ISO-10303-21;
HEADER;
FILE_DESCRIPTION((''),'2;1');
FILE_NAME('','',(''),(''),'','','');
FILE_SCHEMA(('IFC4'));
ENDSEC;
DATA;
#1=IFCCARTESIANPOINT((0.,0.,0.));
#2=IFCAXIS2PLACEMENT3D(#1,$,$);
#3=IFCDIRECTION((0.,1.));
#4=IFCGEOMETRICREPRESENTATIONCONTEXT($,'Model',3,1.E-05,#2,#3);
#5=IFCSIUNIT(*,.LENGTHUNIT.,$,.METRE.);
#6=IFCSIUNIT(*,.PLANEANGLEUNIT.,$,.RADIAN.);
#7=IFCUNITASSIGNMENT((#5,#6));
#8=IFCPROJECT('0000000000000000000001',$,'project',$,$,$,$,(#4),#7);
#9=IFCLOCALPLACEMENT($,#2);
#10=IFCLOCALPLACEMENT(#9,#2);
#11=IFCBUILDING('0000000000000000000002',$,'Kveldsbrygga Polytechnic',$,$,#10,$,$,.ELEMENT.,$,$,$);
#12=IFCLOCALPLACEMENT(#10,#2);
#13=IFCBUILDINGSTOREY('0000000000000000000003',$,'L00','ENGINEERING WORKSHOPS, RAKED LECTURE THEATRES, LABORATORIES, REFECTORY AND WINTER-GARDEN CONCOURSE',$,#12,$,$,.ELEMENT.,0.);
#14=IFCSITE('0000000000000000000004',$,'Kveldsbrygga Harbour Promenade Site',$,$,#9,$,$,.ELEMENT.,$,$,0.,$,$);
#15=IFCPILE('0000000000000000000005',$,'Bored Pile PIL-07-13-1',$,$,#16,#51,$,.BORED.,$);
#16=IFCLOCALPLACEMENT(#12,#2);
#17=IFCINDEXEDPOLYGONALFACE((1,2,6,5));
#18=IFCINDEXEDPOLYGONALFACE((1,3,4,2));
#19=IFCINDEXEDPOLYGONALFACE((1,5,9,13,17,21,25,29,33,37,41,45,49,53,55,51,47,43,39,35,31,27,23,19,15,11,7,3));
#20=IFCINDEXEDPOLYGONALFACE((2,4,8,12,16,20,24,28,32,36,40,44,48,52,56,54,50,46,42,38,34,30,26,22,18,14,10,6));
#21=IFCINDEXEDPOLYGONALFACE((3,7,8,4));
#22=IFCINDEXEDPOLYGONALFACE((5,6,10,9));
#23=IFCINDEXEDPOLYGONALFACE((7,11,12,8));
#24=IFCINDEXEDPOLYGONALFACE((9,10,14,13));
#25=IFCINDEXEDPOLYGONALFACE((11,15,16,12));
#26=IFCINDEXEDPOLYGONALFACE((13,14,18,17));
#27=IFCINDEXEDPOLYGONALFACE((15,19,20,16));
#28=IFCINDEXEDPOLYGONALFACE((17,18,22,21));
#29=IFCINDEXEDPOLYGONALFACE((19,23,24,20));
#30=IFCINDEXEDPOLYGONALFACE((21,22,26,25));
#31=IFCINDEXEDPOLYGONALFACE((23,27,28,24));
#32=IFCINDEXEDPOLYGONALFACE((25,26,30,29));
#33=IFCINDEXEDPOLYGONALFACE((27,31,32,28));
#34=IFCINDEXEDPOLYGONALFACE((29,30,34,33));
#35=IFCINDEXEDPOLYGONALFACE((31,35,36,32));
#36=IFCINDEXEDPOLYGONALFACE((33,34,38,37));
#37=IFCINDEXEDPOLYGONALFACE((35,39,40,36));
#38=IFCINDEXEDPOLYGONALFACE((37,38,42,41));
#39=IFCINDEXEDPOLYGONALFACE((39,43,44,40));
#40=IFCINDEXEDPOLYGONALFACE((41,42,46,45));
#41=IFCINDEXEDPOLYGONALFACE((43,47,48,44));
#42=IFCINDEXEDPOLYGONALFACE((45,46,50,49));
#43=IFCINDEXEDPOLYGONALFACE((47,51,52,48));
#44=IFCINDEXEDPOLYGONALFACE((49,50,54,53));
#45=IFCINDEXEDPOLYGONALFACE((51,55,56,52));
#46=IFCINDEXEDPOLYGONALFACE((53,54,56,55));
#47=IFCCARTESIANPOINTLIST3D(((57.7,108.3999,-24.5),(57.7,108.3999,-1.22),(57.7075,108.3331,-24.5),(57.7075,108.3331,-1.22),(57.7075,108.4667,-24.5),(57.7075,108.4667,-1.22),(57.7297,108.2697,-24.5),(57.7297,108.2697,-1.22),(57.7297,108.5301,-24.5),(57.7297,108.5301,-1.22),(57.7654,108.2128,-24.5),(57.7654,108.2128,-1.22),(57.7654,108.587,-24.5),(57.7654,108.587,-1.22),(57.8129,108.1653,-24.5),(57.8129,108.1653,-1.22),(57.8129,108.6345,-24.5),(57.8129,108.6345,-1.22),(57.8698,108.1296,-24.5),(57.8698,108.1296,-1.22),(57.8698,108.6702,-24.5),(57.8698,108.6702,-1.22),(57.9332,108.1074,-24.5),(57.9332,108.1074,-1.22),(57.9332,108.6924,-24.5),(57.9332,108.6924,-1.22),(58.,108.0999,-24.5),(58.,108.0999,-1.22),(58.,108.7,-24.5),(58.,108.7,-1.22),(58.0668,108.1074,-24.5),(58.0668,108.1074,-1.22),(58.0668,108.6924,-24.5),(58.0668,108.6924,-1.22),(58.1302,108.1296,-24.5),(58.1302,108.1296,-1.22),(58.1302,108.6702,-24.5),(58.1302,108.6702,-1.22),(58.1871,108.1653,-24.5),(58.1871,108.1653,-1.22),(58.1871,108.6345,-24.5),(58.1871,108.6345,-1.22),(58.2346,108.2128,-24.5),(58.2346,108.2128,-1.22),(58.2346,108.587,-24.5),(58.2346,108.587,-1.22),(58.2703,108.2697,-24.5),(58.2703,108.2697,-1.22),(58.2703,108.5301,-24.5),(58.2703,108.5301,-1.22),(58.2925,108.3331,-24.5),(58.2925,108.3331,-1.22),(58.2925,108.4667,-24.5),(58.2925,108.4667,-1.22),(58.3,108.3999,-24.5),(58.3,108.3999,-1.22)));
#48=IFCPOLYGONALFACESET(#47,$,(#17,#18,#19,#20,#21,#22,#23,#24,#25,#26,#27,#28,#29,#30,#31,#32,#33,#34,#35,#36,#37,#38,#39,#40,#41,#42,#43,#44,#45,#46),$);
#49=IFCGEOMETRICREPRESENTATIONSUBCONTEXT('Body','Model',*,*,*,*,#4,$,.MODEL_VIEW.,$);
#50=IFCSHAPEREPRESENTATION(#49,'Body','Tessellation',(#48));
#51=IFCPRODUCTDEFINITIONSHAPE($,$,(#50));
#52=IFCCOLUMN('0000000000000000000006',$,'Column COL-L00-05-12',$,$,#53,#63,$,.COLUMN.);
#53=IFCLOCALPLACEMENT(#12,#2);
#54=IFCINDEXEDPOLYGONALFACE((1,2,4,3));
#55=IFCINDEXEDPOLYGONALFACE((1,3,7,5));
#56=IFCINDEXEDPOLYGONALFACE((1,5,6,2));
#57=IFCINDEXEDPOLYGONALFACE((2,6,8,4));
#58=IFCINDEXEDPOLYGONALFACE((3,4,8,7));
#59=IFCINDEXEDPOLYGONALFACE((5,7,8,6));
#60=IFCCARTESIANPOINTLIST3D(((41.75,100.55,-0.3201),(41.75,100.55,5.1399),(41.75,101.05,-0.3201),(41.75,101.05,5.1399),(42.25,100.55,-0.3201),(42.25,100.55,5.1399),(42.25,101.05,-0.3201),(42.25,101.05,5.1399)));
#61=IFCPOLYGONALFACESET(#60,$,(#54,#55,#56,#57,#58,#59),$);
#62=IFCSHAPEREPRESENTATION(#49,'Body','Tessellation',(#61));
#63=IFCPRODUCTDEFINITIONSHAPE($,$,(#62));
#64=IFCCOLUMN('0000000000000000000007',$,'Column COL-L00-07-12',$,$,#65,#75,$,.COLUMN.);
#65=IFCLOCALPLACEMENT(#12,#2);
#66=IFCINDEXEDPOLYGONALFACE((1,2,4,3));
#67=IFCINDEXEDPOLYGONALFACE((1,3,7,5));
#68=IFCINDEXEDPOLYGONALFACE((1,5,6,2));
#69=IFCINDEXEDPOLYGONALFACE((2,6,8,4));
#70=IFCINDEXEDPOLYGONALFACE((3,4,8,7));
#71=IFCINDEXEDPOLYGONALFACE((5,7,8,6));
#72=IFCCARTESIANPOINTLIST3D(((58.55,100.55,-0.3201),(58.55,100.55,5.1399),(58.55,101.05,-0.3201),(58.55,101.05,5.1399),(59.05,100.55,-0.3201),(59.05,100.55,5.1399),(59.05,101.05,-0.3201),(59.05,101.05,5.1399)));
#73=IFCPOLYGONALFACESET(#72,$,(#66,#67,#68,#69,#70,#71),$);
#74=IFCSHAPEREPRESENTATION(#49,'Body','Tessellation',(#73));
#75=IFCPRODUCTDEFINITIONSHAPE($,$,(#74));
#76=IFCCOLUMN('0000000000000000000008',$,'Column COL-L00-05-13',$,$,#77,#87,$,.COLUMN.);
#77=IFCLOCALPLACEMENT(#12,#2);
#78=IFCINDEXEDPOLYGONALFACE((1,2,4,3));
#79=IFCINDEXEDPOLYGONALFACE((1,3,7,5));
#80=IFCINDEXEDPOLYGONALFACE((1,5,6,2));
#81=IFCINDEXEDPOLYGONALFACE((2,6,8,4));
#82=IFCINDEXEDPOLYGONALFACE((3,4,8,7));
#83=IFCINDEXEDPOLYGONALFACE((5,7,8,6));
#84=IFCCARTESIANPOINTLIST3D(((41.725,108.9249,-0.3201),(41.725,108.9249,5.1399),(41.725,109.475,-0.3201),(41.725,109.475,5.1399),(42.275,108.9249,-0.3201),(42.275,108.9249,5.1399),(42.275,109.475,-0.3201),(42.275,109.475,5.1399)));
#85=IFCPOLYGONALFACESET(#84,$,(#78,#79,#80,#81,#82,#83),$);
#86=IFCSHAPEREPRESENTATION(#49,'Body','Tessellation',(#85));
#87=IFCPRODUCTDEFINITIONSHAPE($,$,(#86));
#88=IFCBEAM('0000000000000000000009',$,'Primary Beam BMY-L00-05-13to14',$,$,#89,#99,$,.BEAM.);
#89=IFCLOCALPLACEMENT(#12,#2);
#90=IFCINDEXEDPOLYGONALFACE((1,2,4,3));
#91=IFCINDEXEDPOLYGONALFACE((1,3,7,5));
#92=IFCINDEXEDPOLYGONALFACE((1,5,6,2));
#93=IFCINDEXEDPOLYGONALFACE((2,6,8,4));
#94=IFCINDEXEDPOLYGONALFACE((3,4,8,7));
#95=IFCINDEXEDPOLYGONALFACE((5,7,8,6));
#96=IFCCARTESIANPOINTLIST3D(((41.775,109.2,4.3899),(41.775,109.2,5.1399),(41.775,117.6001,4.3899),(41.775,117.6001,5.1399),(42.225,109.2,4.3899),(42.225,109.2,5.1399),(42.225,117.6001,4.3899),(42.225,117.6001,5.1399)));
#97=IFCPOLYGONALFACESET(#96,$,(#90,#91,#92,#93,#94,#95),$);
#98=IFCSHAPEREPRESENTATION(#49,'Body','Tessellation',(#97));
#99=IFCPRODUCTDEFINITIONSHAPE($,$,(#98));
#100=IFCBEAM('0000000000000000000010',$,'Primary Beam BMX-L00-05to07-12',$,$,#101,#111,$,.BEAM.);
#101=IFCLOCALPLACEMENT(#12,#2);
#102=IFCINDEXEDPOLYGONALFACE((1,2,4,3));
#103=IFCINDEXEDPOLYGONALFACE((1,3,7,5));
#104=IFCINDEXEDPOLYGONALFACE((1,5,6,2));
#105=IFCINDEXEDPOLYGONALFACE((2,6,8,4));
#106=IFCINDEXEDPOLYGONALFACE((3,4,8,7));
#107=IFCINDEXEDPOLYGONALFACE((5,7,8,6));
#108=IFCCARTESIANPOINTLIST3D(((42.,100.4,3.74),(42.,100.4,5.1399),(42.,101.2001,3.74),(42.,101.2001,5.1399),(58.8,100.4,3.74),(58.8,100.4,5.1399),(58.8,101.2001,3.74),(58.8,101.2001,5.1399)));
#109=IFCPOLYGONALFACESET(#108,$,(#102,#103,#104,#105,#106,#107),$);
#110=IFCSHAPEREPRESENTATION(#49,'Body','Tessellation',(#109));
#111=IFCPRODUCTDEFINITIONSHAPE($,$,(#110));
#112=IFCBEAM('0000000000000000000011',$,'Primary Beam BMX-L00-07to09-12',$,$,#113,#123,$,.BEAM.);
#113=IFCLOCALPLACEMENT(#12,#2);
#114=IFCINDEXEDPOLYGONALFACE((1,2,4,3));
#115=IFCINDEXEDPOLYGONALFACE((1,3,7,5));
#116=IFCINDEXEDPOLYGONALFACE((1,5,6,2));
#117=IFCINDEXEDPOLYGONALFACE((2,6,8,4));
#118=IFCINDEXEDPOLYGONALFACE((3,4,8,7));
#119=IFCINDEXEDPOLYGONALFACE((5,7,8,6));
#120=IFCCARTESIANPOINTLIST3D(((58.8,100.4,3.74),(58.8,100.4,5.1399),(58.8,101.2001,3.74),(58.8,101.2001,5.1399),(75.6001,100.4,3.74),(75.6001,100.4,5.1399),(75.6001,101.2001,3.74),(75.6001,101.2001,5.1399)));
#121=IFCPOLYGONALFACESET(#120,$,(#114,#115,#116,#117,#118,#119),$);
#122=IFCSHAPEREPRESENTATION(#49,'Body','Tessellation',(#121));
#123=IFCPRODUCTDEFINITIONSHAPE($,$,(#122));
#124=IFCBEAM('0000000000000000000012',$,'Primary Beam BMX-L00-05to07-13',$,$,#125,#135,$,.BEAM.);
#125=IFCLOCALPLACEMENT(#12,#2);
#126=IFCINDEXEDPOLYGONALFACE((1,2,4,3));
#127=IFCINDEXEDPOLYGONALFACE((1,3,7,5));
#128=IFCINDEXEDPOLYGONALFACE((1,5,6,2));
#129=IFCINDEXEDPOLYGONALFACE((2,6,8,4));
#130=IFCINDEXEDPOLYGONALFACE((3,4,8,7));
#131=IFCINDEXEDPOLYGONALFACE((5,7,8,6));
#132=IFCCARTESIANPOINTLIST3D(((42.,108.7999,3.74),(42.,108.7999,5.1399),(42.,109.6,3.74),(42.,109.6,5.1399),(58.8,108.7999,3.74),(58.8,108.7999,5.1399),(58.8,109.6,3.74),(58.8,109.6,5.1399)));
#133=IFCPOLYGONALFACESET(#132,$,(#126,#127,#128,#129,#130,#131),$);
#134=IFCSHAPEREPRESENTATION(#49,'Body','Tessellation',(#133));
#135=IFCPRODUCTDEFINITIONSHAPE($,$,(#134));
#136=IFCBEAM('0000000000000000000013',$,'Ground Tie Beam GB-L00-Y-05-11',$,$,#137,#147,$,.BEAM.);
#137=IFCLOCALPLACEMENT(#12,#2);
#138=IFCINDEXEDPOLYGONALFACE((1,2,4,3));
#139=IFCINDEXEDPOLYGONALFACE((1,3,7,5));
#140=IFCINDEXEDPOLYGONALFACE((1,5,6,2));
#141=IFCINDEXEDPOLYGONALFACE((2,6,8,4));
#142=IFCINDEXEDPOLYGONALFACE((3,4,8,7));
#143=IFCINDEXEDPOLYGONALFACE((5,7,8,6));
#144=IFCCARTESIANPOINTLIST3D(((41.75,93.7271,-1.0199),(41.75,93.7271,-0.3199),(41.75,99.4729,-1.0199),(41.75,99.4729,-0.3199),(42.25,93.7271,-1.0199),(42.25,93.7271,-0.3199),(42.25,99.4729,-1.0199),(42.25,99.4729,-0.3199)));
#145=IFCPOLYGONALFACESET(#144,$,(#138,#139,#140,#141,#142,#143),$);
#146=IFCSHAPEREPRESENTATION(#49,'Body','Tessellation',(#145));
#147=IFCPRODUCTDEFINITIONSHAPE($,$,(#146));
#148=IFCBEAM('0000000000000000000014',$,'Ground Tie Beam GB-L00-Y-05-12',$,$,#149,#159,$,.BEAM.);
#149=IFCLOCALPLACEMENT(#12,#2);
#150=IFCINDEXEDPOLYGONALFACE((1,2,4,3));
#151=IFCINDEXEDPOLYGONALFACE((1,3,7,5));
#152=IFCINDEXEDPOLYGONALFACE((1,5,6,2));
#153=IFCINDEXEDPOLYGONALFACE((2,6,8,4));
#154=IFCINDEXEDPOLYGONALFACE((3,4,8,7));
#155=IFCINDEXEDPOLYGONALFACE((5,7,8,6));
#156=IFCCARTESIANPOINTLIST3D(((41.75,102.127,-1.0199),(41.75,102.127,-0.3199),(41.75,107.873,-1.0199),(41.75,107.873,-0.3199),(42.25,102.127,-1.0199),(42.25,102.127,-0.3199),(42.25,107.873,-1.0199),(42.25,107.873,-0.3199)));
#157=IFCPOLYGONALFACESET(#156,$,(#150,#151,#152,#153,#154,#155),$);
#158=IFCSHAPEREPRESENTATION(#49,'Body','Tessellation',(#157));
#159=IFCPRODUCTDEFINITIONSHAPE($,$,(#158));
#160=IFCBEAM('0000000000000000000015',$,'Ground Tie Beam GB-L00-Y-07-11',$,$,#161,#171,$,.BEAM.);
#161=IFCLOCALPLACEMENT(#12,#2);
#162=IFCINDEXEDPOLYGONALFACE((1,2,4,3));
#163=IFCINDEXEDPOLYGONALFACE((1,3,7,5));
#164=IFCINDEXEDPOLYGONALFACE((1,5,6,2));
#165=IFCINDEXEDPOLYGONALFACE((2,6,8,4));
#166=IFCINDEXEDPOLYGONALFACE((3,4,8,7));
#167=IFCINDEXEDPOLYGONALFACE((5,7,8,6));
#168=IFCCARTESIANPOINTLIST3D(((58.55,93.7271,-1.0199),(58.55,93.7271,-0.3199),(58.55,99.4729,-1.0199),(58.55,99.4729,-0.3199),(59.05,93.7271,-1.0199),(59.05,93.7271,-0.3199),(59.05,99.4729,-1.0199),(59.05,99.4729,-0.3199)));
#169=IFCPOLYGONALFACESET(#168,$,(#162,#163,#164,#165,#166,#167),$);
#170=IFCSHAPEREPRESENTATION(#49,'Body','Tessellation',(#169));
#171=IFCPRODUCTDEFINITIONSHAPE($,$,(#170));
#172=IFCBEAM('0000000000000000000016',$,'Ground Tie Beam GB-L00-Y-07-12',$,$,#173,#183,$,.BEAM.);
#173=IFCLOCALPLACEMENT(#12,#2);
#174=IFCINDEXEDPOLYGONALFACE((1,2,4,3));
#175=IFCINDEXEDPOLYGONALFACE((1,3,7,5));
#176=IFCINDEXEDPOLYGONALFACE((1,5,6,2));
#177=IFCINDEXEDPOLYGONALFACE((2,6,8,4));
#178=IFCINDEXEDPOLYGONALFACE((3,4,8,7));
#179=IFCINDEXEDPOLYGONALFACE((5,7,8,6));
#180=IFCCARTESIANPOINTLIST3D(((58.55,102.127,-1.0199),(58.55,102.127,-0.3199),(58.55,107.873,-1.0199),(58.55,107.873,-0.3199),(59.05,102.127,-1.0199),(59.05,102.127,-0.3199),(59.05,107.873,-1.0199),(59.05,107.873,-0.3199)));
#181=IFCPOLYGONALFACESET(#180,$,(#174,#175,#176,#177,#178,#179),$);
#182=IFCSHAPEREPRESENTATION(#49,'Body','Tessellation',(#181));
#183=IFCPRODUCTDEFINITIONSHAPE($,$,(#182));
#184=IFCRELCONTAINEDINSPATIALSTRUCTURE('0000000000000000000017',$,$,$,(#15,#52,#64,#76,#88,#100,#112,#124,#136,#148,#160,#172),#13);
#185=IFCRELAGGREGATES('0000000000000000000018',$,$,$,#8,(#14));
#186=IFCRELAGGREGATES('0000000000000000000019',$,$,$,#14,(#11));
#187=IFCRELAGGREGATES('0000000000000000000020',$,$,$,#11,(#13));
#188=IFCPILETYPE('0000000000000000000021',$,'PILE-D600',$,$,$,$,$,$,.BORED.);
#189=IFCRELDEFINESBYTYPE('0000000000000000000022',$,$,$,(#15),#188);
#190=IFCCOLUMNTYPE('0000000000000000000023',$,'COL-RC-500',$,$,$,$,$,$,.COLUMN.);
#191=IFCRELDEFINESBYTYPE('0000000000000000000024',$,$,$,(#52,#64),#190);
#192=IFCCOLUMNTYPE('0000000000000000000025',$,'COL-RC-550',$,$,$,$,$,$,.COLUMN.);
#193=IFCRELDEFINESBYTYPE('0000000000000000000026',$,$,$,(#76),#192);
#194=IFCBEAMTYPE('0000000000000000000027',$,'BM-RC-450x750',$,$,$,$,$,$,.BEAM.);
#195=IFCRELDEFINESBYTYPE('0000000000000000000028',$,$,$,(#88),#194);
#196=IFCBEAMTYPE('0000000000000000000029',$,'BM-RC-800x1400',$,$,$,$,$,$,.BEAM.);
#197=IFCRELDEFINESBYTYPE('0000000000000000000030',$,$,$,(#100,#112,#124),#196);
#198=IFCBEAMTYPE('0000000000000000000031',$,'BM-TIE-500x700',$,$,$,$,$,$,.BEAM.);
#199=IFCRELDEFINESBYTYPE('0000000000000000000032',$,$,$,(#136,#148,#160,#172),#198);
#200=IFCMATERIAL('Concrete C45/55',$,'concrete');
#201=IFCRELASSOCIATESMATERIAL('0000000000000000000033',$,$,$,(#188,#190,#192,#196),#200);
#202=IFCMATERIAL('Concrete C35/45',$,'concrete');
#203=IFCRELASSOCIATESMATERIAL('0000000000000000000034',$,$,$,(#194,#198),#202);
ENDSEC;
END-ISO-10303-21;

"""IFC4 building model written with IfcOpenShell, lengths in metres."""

from ifc_helpers import new_model, si_unit, direction, frame, origin, origin_2d, place, context, subcontext, project, spatial, rectangle, circle, extrude, material, material_profile, profile_set, type_object, element, save


model = new_model("IFC4")

# Units and contexts
model_context = context("Model", 3, precision=1e-05, world=origin(), true_north=direction((0.0, 1.0)))
body_context = subcontext(model_context, "Body", "Model", "MODEL_VIEW")
ifc_project = project(units=[si_unit("LENGTHUNIT", "METRE"), si_unit("PLANEANGLEUNIT", "RADIAN")], contexts=[model_context])

# Site, building, storey
site_placement = place(None, origin())
site = spatial("IfcSite", under=ifc_project, at=site_placement, Name="Kveldsbrygga Harbour Promenade Site", CompositionType="ELEMENT", RefElevation=0.0)
building_placement = place(site_placement, origin())
building = spatial("IfcBuilding", under=site, at=building_placement, Name="Kveldsbrygga Polytechnic", CompositionType="ELEMENT")
storey_placement = place(building_placement, origin())
storey = spatial("IfcBuildingStorey", under=building, at=storey_placement, Name="L00", Description="ENGINEERING WORKSHOPS, RAKED LECTURE THEATRES, LABORATORIES, REFECTORY AND WINTER-GARDEN CONCOURSE", CompositionType="ELEMENT", Elevation=0.0)

# Shared definitions
ifc_material_1 = material(Name="Concrete C45/55", Category="concrete")

# Pile
ifc_material_profile_1 = material_profile(ifc_material_1, circle(Radius=0.3, at=origin_2d()), Name="PILE D600")
ifc_profile_set_1 = profile_set([ifc_material_profile_1], Name="Concrete C45/55")
pile_type = type_object("IfcPileType", Name="PILE-D600", PredefinedType="BORED", material=ifc_profile_set_1)
for number, where, z_axis, x_axis, name in (
    (1, (58.0, 108.3999, -1.22), (0.0, 0.0, -1.0), (1.0, 0.0, 0.0), "Bored Pile PIL-07-13-1"),
):
    element("IfcPile", number, at=place(storey_placement, frame(where, z_axis=z_axis, x_axis=x_axis)), inside=storey, type_object=pile_type, Name=name, PredefinedType="BORED", context=body_context, shape_type="SweptSolid", body=[
        extrude(circle(Radius=0.3, at=origin_2d()), origin(), (0.0, 0.0, 1.0), 23.28),
    ])

# Columns
ifc_material_profile_2 = material_profile(ifc_material_1, rectangle(XDim=0.5, YDim=0.5, at=origin_2d()), Name="RC 500x500")
ifc_profile_set_2 = profile_set([ifc_material_profile_2], Name="Concrete C45/55")
column_type_1 = type_object("IfcColumnType", Name="COL-RC-500", PredefinedType="COLUMN", material=ifc_profile_set_2)
for number, where, z_axis, x_axis, name in (
    (2, (42.0, 100.8, -0.3201), (0.0, 0.0, 1.0), (1.0, 0.0, 0.0), "Column COL-L00-05-12"),
    (3, (58.8, 100.8, -0.3201), (0.0, 0.0, 1.0), (1.0, 0.0, 0.0), "Column COL-L00-07-12"),
):
    element("IfcColumn", number, at=place(storey_placement, frame(where, z_axis=z_axis, x_axis=x_axis)), inside=storey, type_object=column_type_1, Name=name, PredefinedType="COLUMN", context=body_context, shape_type="SweptSolid", body=[
        extrude(rectangle(XDim=0.5, YDim=0.5, at=origin_2d()), origin(), (0.0, 0.0, 1.0), 5.46),
    ])
ifc_material_profile_3 = material_profile(ifc_material_1, rectangle(XDim=0.55, YDim=0.55, at=origin_2d()), Name="RC 550x550")
ifc_profile_set_3 = profile_set([ifc_material_profile_3], Name="Concrete C45/55")
column_type_2 = type_object("IfcColumnType", Name="COL-RC-550", PredefinedType="COLUMN", material=ifc_profile_set_3)
column_placement = place(storey_placement, frame((42.0, 109.2, -0.3201), z_axis=(0.0, 0.0, 1.0), x_axis=(1.0, 0.0, 0.0)))
element("IfcColumn", 4, at=column_placement, inside=storey, type_object=column_type_2, Name="Column COL-L00-05-13", PredefinedType="COLUMN", context=body_context, shape_type="SweptSolid", body=[
    extrude(rectangle(XDim=0.55, YDim=0.55, at=origin_2d()), origin(), (0.0, 0.0, 1.0), 5.46),
])

# Beams
ifc_material_2 = material(Name="Concrete C35/45", Category="concrete")
ifc_material_profile_4 = material_profile(ifc_material_2, rectangle(XDim=0.45, YDim=0.75, at=origin_2d()), Name="RC 450x750")
ifc_profile_set_4 = profile_set([ifc_material_profile_4], Name="Concrete C35/45")
beam_type_1 = type_object("IfcBeamType", Name="BM-RC-450x750", PredefinedType="BEAM", material=ifc_profile_set_4)
beam_1_placement = place(storey_placement, frame((42.0, 109.2, 4.7649), z_axis=(0.0, 1.0, 0.0), x_axis=(-1.0, 0.0, 0.0)))
element("IfcBeam", 5, at=beam_1_placement, inside=storey, type_object=beam_type_1, Name="Primary Beam BMY-L00-05-13to14", PredefinedType="BEAM", context=body_context, shape_type="SweptSolid", body=[
    extrude(rectangle(XDim=0.45, YDim=0.75, at=origin_2d()), origin(), (0.0, 0.0, 1.0), 8.4001),
])
ifc_material_profile_5 = material_profile(ifc_material_1, rectangle(XDim=0.8, YDim=1.3999, at=origin_2d()), Name="RC 800x1400")
ifc_profile_set_5 = profile_set([ifc_material_profile_5], Name="Concrete C45/55")
beam_type_2 = type_object("IfcBeamType", Name="BM-RC-800x1400", PredefinedType="BEAM", material=ifc_profile_set_5)
for number, where, z_axis, x_axis, name in (
    (6, (42.0, 100.8, 4.4399), (1.0, 0.0, 0.0), (0.0, 1.0, 0.0), "Primary Beam BMX-L00-05to07-12"),
    (7, (58.8, 100.8, 4.4399), (1.0, 0.0, 0.0), (0.0, 1.0, 0.0), "Primary Beam BMX-L00-07to09-12"),
    (8, (42.0, 109.2, 4.4399), (1.0, 0.0, 0.0), (0.0, 1.0, 0.0), "Primary Beam BMX-L00-05to07-13"),
):
    element("IfcBeam", number, at=place(storey_placement, frame(where, z_axis=z_axis, x_axis=x_axis)), inside=storey, type_object=beam_type_2, Name=name, PredefinedType="BEAM", context=body_context, shape_type="SweptSolid", body=[
        extrude(rectangle(XDim=0.8, YDim=1.3999, at=origin_2d()), origin(), (0.0, 0.0, 1.0), 16.8),
    ])
ifc_material_profile_6 = material_profile(ifc_material_2, rectangle(XDim=0.5, YDim=0.7, at=origin_2d()), Name="RC 500x700")
ifc_profile_set_6 = profile_set([ifc_material_profile_6], Name="Concrete C35/45")
beam_type_3 = type_object("IfcBeamType", Name="BM-TIE-500x700", PredefinedType="BEAM", material=ifc_profile_set_6)
beam_2_placement = place(storey_placement, frame((42.0, 93.7271, -0.6699), z_axis=(0.0, 1.0, 0.0), x_axis=(-1.0, 0.0, 0.0)))
element("IfcBeam", 9, at=beam_2_placement, inside=storey, type_object=beam_type_3, Name="Ground Tie Beam GB-L00-Y-05-11", PredefinedType="BEAM", context=body_context, shape_type="SweptSolid", body=[
    extrude(rectangle(XDim=0.5, YDim=0.7, at=origin_2d()), origin(), (0.0, 0.0, 1.0), 5.7458),
])
beam_3_placement = place(storey_placement, frame((42.0, 102.127, -0.6699), z_axis=(0.0, 1.0, 0.0), x_axis=(-1.0, 0.0, 0.0)))
element("IfcBeam", 10, at=beam_3_placement, inside=storey, type_object=beam_type_3, Name="Ground Tie Beam GB-L00-Y-05-12", PredefinedType="BEAM", context=body_context, shape_type="SweptSolid", body=[
    extrude(rectangle(XDim=0.5, YDim=0.7, at=origin_2d()), origin(), (0.0, 0.0, 1.0), 5.7461),
])
beam_4_placement = place(storey_placement, frame((58.8, 93.7271, -0.6699), z_axis=(0.0, 1.0, 0.0), x_axis=(-1.0, 0.0, 0.0)))
element("IfcBeam", 11, at=beam_4_placement, inside=storey, type_object=beam_type_3, Name="Ground Tie Beam GB-L00-Y-07-11", PredefinedType="BEAM", context=body_context, shape_type="SweptSolid", body=[
    extrude(rectangle(XDim=0.5, YDim=0.7, at=origin_2d()), origin(), (0.0, 0.0, 1.0), 5.7458),
])
beam_5_placement = place(storey_placement, frame((58.8, 102.127, -0.6699), z_axis=(0.0, 1.0, 0.0), x_axis=(-1.0, 0.0, 0.0)))
element("IfcBeam", 12, at=beam_5_placement, inside=storey, type_object=beam_type_3, Name="Ground Tie Beam GB-L00-Y-07-12", PredefinedType="BEAM", context=body_context, shape_type="SweptSolid", body=[
    extrude(rectangle(XDim=0.5, YDim=0.7, at=origin_2d()), origin(), (0.0, 0.0, 1.0), 5.7461),
])

save(model, "model.ifc")
